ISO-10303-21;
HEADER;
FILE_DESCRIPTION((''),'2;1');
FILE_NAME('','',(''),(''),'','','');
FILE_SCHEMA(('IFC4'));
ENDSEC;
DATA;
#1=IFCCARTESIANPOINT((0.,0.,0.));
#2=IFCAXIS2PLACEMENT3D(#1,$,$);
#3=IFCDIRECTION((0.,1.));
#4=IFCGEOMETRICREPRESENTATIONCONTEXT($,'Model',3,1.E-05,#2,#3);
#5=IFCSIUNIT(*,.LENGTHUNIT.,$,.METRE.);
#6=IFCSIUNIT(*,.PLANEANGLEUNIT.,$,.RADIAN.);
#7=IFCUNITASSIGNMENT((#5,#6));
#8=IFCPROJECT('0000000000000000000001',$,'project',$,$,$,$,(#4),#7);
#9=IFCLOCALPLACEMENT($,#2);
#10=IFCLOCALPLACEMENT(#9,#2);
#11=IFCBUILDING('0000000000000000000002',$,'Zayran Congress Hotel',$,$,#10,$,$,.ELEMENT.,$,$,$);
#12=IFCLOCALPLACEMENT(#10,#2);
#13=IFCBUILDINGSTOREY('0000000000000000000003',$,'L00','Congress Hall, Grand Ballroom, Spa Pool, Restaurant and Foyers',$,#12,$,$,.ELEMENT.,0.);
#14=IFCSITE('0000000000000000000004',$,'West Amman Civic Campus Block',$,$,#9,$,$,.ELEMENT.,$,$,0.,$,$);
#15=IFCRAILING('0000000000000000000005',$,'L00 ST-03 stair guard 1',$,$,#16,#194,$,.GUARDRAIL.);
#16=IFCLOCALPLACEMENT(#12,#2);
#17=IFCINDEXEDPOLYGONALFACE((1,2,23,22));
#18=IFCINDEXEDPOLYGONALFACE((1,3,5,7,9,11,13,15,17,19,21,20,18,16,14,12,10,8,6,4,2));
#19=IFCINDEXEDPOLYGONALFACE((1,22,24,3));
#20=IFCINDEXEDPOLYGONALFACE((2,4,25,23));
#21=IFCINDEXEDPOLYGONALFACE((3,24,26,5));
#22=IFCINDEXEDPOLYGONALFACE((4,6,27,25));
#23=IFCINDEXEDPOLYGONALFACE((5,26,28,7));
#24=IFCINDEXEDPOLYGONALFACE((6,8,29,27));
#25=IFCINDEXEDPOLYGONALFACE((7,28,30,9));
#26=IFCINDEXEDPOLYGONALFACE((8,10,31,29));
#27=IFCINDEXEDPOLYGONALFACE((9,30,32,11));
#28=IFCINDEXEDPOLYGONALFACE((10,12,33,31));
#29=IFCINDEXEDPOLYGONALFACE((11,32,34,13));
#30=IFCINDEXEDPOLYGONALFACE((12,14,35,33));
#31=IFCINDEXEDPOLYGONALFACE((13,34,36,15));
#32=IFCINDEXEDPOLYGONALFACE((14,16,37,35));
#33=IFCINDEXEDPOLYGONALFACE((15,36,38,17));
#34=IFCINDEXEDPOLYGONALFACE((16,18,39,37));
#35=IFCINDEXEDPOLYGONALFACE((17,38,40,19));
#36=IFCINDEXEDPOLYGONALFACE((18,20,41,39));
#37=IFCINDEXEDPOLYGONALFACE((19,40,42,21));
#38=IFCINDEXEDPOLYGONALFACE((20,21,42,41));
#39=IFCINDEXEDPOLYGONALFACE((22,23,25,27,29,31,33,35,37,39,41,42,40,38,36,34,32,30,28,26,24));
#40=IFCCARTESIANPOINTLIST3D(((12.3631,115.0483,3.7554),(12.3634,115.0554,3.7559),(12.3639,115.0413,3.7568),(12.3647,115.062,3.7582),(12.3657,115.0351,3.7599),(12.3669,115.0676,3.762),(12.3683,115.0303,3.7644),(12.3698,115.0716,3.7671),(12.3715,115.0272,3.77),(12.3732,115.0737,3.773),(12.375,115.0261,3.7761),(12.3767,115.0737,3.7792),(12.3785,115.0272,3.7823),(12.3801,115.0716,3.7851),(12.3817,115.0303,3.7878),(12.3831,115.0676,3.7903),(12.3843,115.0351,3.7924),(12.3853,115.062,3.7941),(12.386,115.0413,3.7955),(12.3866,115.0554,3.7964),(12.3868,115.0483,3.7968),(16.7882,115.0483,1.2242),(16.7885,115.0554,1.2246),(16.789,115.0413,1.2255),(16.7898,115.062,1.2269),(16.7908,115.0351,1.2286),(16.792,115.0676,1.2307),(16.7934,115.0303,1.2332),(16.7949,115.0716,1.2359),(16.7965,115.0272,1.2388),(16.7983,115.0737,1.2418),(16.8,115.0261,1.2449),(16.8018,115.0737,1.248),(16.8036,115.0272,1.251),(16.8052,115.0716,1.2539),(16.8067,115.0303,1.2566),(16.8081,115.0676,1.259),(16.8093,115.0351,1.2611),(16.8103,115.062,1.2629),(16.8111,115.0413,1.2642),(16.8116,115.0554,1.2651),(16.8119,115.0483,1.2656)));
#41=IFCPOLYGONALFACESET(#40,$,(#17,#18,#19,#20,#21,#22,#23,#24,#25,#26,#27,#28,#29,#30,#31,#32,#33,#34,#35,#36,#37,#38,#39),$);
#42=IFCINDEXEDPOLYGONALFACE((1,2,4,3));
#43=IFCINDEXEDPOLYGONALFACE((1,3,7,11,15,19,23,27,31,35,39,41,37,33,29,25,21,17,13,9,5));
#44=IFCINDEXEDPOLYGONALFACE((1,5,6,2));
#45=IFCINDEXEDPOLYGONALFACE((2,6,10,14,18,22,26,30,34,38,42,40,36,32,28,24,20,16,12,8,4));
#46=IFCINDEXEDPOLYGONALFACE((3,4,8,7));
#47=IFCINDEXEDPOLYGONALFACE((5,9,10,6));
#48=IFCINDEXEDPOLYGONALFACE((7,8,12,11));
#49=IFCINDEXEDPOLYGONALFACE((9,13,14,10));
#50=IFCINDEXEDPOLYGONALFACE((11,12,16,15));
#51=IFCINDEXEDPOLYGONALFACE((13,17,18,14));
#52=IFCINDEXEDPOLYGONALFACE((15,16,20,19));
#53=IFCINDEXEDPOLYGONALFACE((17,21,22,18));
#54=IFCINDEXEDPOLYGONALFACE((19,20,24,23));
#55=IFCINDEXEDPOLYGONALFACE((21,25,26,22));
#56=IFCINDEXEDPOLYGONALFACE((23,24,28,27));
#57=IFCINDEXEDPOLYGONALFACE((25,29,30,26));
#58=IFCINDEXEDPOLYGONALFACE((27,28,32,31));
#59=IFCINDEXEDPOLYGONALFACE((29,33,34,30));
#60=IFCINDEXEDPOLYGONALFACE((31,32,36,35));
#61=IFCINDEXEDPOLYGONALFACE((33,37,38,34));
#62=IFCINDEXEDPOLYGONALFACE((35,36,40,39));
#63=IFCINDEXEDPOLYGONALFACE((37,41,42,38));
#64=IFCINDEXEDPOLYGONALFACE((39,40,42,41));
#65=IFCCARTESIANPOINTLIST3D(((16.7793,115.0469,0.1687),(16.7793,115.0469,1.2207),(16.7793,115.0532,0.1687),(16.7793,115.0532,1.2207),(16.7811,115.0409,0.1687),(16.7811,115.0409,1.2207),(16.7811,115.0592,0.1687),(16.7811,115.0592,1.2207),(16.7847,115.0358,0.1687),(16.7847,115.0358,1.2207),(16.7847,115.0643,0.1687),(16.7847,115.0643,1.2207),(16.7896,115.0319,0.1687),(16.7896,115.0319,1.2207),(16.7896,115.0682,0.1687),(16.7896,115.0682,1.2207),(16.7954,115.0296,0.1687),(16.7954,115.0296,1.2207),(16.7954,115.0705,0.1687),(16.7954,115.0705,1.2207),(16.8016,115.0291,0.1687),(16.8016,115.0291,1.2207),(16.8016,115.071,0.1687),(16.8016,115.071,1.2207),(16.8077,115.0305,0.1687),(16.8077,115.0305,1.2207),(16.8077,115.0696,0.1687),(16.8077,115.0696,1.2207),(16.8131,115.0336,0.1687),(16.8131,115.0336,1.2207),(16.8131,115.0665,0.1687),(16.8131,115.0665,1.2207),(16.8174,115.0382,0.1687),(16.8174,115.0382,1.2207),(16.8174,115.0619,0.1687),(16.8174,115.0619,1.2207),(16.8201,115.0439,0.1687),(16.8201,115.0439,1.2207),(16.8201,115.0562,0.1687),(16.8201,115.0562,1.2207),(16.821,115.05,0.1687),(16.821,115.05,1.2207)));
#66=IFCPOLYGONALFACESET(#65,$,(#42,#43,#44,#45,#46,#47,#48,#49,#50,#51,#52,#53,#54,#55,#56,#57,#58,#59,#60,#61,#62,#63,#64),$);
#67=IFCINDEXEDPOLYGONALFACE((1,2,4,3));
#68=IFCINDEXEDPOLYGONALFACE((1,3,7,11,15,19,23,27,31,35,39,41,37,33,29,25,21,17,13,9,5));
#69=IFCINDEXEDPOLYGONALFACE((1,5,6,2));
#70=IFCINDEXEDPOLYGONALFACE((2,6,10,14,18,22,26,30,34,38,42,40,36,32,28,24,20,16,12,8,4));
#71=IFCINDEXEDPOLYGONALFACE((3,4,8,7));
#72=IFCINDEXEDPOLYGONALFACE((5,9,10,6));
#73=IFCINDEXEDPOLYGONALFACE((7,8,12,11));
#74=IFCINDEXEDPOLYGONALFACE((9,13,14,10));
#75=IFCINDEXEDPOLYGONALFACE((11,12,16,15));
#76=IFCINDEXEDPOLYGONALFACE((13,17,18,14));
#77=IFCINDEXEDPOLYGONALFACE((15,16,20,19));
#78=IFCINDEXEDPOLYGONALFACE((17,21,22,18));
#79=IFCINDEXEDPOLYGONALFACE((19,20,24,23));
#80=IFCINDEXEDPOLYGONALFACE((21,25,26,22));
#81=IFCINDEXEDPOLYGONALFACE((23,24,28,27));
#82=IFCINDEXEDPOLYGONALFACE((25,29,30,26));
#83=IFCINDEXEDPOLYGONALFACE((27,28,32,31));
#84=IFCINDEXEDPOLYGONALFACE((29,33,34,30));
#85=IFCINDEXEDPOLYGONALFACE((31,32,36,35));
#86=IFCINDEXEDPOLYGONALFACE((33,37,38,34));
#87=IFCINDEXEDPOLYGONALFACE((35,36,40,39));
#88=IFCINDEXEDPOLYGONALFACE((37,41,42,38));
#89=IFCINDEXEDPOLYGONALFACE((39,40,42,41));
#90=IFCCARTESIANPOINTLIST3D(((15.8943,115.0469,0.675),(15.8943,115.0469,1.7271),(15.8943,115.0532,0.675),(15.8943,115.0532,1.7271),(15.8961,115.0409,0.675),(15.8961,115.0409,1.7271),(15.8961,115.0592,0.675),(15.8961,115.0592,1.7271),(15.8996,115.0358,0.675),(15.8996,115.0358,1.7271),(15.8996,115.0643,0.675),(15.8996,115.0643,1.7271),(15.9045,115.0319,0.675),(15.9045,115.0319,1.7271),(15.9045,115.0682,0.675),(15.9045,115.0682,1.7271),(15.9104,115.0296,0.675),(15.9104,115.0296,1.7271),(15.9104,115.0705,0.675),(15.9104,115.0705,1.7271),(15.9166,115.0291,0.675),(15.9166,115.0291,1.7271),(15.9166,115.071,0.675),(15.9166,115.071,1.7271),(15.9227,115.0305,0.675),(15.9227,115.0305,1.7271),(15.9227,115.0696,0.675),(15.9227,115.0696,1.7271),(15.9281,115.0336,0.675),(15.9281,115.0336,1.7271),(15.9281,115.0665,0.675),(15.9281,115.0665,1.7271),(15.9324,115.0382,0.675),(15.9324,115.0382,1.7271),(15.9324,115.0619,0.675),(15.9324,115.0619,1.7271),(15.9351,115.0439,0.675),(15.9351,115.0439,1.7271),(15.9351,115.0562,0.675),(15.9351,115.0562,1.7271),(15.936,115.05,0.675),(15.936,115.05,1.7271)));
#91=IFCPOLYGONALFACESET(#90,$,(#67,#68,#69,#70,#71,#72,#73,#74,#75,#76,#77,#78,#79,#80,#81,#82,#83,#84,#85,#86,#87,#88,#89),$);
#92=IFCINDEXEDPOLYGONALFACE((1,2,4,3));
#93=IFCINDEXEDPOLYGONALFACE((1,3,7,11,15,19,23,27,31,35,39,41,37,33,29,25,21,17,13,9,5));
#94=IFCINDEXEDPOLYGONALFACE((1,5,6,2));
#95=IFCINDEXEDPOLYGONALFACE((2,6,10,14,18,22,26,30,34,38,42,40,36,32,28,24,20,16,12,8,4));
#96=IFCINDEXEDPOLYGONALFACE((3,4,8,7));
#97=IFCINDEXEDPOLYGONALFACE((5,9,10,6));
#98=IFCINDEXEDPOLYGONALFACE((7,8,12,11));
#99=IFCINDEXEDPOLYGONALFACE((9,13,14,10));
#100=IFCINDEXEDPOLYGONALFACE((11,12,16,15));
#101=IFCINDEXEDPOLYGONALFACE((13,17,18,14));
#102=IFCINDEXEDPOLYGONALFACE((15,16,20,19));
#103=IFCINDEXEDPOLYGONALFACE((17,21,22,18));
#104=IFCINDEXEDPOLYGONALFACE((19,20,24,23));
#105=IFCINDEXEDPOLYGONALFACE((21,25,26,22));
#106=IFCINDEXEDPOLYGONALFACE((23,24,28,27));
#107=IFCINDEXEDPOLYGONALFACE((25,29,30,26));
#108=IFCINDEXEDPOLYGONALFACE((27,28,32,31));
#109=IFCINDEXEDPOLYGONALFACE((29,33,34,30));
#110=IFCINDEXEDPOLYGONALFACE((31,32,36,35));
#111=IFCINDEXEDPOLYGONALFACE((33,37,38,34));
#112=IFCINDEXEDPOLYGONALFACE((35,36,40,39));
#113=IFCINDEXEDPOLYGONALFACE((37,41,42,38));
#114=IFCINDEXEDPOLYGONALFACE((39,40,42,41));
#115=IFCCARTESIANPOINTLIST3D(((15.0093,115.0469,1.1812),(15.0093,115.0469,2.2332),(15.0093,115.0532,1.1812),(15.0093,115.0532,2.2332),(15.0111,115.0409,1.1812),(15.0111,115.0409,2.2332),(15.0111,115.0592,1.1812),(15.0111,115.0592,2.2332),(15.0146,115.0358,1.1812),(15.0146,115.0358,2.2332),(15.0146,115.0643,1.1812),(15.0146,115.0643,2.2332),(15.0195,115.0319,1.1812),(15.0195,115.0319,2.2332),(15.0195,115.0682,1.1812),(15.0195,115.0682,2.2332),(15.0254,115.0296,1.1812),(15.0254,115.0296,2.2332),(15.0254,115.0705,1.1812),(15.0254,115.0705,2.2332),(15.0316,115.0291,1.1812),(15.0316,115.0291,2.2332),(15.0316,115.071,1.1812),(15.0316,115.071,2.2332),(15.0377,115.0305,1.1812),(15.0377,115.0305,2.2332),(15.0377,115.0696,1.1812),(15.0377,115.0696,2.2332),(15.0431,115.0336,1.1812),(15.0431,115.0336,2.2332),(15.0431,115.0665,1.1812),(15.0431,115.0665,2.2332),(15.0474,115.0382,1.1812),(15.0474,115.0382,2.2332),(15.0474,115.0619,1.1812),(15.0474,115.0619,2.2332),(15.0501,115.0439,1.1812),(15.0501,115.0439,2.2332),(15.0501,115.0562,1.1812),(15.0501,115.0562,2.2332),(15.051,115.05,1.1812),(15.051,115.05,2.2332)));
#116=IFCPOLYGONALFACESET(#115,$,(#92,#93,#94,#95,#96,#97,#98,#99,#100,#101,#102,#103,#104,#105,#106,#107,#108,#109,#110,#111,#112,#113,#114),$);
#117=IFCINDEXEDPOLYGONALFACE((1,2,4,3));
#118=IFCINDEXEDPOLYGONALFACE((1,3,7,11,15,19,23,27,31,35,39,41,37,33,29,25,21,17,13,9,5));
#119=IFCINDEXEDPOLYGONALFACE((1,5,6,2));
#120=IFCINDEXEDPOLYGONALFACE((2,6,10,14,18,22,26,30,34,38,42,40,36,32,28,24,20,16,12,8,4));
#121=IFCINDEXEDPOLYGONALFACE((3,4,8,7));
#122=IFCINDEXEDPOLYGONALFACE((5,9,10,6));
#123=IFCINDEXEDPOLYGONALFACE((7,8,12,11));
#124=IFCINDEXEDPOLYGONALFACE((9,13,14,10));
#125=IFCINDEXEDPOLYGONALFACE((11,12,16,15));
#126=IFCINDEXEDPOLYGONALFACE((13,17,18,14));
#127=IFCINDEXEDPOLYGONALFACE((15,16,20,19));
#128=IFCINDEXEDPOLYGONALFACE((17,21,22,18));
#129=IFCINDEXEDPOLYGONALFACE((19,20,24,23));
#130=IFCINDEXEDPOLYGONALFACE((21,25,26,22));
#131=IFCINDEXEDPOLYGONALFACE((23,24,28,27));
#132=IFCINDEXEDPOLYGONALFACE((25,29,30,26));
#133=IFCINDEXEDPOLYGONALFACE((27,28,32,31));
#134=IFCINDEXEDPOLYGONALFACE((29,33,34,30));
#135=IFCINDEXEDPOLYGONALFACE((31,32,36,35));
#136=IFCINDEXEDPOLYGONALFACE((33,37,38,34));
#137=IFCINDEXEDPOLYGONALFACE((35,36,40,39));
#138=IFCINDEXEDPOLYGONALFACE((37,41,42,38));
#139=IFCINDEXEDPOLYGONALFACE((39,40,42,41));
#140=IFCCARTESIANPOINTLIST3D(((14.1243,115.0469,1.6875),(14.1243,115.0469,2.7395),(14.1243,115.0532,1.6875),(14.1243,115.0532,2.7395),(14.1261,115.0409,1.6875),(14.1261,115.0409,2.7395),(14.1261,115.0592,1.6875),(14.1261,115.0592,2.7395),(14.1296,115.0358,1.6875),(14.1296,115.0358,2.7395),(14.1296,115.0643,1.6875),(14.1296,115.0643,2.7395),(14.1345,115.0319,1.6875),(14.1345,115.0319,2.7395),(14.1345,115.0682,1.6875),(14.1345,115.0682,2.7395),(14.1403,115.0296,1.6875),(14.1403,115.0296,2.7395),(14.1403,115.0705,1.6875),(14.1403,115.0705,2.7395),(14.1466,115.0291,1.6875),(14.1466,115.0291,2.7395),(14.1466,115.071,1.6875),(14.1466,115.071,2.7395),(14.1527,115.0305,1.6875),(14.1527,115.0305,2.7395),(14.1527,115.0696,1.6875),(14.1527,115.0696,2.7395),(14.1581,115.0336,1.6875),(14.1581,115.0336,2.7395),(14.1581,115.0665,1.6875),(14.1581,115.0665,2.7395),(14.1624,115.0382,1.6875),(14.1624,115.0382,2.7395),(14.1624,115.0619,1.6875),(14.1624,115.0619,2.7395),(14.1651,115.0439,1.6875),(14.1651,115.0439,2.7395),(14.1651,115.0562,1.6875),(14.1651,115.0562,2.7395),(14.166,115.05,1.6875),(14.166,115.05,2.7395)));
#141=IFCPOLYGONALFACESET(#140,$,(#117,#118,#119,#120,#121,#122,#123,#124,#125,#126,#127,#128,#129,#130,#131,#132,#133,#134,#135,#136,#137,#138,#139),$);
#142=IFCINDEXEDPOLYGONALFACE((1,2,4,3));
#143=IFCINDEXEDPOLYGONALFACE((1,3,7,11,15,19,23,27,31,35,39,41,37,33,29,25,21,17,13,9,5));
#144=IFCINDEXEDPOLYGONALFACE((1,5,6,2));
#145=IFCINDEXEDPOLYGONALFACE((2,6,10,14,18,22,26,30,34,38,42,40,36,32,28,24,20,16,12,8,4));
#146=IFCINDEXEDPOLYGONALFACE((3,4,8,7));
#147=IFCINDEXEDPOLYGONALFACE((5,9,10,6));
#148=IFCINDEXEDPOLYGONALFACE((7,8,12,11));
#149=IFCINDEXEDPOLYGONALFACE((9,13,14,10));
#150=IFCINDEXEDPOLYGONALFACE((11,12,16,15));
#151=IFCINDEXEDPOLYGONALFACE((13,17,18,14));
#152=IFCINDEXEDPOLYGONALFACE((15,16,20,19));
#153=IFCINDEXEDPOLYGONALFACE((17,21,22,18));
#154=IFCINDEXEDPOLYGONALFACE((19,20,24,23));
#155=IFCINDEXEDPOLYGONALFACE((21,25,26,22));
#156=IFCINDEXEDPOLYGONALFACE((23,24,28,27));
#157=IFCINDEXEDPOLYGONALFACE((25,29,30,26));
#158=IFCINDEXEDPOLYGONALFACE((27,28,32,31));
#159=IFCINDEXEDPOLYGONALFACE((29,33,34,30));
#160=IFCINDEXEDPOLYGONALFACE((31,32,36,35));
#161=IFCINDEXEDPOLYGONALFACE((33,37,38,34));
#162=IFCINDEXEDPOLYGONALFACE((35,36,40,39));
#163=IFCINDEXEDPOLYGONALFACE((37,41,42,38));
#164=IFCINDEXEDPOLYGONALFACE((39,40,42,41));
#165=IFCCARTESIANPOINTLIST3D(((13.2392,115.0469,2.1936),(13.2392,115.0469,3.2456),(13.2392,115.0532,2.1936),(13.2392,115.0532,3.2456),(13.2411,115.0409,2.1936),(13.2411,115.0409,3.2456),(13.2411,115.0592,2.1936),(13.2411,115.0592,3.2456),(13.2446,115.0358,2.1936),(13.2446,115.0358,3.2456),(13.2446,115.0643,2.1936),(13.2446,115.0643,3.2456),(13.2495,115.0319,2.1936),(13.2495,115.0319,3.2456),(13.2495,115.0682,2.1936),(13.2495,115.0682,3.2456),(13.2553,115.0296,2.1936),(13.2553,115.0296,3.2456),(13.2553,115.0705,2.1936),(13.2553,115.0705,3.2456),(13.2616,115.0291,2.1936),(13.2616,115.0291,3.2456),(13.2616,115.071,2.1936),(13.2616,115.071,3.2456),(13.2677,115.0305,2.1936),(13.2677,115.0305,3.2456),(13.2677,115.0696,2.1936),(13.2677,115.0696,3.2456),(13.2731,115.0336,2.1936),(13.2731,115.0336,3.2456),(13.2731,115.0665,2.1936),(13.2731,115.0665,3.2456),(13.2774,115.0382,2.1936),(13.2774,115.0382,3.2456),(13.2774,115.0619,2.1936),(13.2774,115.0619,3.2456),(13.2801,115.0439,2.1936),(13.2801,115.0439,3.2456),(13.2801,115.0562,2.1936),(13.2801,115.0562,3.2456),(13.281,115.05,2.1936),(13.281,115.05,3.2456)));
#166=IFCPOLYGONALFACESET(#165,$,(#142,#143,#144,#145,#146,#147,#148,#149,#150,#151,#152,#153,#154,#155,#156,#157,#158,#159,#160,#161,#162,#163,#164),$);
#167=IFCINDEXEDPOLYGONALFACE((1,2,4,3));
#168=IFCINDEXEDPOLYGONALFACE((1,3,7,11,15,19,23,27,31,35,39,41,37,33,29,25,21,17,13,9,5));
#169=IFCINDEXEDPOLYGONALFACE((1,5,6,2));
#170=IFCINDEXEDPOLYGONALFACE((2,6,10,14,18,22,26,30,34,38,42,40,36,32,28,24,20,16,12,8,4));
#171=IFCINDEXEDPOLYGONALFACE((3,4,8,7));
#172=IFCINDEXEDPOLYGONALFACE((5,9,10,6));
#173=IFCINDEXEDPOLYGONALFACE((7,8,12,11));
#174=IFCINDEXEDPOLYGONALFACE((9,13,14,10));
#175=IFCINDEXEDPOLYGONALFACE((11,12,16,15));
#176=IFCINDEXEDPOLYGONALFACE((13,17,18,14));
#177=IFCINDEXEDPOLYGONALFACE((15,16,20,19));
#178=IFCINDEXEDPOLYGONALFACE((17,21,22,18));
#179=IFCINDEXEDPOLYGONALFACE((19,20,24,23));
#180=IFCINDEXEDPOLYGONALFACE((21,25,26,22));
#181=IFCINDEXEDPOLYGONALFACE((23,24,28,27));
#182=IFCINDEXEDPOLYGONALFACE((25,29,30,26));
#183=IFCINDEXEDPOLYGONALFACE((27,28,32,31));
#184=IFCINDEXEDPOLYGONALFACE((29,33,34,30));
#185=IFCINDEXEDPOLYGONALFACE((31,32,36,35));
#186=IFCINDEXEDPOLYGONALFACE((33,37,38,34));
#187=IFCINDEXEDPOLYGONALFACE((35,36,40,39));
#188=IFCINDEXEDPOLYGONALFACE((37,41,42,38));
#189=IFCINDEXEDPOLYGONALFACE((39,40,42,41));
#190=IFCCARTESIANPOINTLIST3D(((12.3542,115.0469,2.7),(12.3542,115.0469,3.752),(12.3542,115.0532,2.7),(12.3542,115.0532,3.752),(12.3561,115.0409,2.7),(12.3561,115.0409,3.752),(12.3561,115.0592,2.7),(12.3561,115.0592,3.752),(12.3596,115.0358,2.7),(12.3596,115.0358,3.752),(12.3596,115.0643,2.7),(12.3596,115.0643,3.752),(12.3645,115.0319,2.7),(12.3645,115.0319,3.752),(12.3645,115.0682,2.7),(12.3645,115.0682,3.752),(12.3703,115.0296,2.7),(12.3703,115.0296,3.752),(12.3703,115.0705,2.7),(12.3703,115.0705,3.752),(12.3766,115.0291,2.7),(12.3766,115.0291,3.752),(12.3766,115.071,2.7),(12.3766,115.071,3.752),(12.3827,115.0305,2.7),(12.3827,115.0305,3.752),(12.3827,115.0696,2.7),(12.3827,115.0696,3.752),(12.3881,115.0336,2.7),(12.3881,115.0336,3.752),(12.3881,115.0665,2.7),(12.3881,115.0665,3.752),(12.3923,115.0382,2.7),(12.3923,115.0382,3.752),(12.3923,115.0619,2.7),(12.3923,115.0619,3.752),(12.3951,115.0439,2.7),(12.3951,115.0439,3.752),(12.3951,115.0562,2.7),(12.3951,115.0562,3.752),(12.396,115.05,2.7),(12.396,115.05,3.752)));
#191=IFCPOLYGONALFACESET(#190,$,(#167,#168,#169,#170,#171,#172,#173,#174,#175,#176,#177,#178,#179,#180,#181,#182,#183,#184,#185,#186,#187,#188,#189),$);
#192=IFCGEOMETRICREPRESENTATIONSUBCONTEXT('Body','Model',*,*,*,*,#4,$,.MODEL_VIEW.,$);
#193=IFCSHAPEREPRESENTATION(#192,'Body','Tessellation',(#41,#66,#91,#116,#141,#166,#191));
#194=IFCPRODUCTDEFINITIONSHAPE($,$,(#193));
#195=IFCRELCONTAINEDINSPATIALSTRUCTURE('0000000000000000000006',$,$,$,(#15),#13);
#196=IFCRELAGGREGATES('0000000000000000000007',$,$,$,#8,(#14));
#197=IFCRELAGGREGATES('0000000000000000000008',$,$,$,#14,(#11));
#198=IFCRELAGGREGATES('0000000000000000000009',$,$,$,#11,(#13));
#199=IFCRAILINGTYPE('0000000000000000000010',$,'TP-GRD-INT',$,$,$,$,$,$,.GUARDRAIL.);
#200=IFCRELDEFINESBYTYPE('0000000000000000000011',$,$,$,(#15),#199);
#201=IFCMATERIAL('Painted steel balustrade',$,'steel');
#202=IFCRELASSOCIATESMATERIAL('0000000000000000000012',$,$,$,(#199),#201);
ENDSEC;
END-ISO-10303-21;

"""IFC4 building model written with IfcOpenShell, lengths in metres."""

from ifc_helpers import new_model, si_unit, direction, frame, origin, origin_2d, place, context, subcontext, project, spatial, circle, extrude, material, type_object, element, save


model = new_model("IFC4")

# Units and contexts
model_context = context("Model", 3, precision=1e-05, world=origin(), true_north=direction((0.0, 1.0)))
body_context = subcontext(model_context, "Body", "Model", "MODEL_VIEW")
ifc_project = project(units=[si_unit("LENGTHUNIT", "METRE"), si_unit("PLANEANGLEUNIT", "RADIAN")], contexts=[model_context])

# Site, building, storey
site_placement = place(None, origin())
site = spatial("IfcSite", under=ifc_project, at=site_placement, Name="West Amman Civic Campus Block", CompositionType="ELEMENT", RefElevation=0.0)
building_placement = place(site_placement, origin())
building = spatial("IfcBuilding", under=site, at=building_placement, Name="Zayran Congress Hotel", CompositionType="ELEMENT")
storey_placement = place(building_placement, origin())
storey = spatial("IfcBuildingStorey", under=building, at=storey_placement, Name="L00", Description="Congress Hall, Grand Ballroom, Spa Pool, Restaurant and Foyers", CompositionType="ELEMENT", Elevation=0.0)

# Railing
ifc_material_1 = material(Name="Painted steel balustrade", Category="steel")
railing_type_1 = type_object("IfcRailingType", Name="TP-GRD-INT", PredefinedType="GUARDRAIL", material=ifc_material_1)
railing_1_placement = place(storey_placement, frame((16.8, 115.05, 0.1687)))
element("IfcRailing", 1, at=railing_1_placement, inside=storey, type_object=railing_type_1, Name="L00 ST-03 stair guard 1", PredefinedType="GUARDRAIL", context=body_context, shape_type="SweptSolid", body=[
    extrude(circle(Radius=0.0239, at=origin_2d()), frame((0.0, 0.0, 1.0762), z_axis=(-0.868019, 0.0, 0.496531), x_axis=(0.0, -1.0, 0.0)), (0.0, 0.0, 1.0), 5.0979),
    extrude(circle(Radius=0.021, at=origin_2d()), origin(), (0.0, 0.0, 1.0), 1.052),
    extrude(circle(Radius=0.021, at=origin_2d()), frame((-0.885, 0.0, 0.5063)), (0.0, 0.0, 1.0), 1.052),
    extrude(circle(Radius=0.021, at=origin_2d()), frame((-1.77, 0.0, 1.0125)), (0.0, 0.0, 1.0), 1.052),
    extrude(circle(Radius=0.021, at=origin_2d()), frame((-2.655, 0.0, 1.5188)), (0.0, 0.0, 1.0), 1.052),
    extrude(circle(Radius=0.021, at=origin_2d()), frame((-3.54, 0.0, 2.0249)), (0.0, 0.0, 1.0), 1.052),
    extrude(circle(Radius=0.021, at=origin_2d()), frame((-4.425, 0.0, 2.5312)), (0.0, 0.0, 1.0), 1.052),
])

save(model, "model.ifc")
